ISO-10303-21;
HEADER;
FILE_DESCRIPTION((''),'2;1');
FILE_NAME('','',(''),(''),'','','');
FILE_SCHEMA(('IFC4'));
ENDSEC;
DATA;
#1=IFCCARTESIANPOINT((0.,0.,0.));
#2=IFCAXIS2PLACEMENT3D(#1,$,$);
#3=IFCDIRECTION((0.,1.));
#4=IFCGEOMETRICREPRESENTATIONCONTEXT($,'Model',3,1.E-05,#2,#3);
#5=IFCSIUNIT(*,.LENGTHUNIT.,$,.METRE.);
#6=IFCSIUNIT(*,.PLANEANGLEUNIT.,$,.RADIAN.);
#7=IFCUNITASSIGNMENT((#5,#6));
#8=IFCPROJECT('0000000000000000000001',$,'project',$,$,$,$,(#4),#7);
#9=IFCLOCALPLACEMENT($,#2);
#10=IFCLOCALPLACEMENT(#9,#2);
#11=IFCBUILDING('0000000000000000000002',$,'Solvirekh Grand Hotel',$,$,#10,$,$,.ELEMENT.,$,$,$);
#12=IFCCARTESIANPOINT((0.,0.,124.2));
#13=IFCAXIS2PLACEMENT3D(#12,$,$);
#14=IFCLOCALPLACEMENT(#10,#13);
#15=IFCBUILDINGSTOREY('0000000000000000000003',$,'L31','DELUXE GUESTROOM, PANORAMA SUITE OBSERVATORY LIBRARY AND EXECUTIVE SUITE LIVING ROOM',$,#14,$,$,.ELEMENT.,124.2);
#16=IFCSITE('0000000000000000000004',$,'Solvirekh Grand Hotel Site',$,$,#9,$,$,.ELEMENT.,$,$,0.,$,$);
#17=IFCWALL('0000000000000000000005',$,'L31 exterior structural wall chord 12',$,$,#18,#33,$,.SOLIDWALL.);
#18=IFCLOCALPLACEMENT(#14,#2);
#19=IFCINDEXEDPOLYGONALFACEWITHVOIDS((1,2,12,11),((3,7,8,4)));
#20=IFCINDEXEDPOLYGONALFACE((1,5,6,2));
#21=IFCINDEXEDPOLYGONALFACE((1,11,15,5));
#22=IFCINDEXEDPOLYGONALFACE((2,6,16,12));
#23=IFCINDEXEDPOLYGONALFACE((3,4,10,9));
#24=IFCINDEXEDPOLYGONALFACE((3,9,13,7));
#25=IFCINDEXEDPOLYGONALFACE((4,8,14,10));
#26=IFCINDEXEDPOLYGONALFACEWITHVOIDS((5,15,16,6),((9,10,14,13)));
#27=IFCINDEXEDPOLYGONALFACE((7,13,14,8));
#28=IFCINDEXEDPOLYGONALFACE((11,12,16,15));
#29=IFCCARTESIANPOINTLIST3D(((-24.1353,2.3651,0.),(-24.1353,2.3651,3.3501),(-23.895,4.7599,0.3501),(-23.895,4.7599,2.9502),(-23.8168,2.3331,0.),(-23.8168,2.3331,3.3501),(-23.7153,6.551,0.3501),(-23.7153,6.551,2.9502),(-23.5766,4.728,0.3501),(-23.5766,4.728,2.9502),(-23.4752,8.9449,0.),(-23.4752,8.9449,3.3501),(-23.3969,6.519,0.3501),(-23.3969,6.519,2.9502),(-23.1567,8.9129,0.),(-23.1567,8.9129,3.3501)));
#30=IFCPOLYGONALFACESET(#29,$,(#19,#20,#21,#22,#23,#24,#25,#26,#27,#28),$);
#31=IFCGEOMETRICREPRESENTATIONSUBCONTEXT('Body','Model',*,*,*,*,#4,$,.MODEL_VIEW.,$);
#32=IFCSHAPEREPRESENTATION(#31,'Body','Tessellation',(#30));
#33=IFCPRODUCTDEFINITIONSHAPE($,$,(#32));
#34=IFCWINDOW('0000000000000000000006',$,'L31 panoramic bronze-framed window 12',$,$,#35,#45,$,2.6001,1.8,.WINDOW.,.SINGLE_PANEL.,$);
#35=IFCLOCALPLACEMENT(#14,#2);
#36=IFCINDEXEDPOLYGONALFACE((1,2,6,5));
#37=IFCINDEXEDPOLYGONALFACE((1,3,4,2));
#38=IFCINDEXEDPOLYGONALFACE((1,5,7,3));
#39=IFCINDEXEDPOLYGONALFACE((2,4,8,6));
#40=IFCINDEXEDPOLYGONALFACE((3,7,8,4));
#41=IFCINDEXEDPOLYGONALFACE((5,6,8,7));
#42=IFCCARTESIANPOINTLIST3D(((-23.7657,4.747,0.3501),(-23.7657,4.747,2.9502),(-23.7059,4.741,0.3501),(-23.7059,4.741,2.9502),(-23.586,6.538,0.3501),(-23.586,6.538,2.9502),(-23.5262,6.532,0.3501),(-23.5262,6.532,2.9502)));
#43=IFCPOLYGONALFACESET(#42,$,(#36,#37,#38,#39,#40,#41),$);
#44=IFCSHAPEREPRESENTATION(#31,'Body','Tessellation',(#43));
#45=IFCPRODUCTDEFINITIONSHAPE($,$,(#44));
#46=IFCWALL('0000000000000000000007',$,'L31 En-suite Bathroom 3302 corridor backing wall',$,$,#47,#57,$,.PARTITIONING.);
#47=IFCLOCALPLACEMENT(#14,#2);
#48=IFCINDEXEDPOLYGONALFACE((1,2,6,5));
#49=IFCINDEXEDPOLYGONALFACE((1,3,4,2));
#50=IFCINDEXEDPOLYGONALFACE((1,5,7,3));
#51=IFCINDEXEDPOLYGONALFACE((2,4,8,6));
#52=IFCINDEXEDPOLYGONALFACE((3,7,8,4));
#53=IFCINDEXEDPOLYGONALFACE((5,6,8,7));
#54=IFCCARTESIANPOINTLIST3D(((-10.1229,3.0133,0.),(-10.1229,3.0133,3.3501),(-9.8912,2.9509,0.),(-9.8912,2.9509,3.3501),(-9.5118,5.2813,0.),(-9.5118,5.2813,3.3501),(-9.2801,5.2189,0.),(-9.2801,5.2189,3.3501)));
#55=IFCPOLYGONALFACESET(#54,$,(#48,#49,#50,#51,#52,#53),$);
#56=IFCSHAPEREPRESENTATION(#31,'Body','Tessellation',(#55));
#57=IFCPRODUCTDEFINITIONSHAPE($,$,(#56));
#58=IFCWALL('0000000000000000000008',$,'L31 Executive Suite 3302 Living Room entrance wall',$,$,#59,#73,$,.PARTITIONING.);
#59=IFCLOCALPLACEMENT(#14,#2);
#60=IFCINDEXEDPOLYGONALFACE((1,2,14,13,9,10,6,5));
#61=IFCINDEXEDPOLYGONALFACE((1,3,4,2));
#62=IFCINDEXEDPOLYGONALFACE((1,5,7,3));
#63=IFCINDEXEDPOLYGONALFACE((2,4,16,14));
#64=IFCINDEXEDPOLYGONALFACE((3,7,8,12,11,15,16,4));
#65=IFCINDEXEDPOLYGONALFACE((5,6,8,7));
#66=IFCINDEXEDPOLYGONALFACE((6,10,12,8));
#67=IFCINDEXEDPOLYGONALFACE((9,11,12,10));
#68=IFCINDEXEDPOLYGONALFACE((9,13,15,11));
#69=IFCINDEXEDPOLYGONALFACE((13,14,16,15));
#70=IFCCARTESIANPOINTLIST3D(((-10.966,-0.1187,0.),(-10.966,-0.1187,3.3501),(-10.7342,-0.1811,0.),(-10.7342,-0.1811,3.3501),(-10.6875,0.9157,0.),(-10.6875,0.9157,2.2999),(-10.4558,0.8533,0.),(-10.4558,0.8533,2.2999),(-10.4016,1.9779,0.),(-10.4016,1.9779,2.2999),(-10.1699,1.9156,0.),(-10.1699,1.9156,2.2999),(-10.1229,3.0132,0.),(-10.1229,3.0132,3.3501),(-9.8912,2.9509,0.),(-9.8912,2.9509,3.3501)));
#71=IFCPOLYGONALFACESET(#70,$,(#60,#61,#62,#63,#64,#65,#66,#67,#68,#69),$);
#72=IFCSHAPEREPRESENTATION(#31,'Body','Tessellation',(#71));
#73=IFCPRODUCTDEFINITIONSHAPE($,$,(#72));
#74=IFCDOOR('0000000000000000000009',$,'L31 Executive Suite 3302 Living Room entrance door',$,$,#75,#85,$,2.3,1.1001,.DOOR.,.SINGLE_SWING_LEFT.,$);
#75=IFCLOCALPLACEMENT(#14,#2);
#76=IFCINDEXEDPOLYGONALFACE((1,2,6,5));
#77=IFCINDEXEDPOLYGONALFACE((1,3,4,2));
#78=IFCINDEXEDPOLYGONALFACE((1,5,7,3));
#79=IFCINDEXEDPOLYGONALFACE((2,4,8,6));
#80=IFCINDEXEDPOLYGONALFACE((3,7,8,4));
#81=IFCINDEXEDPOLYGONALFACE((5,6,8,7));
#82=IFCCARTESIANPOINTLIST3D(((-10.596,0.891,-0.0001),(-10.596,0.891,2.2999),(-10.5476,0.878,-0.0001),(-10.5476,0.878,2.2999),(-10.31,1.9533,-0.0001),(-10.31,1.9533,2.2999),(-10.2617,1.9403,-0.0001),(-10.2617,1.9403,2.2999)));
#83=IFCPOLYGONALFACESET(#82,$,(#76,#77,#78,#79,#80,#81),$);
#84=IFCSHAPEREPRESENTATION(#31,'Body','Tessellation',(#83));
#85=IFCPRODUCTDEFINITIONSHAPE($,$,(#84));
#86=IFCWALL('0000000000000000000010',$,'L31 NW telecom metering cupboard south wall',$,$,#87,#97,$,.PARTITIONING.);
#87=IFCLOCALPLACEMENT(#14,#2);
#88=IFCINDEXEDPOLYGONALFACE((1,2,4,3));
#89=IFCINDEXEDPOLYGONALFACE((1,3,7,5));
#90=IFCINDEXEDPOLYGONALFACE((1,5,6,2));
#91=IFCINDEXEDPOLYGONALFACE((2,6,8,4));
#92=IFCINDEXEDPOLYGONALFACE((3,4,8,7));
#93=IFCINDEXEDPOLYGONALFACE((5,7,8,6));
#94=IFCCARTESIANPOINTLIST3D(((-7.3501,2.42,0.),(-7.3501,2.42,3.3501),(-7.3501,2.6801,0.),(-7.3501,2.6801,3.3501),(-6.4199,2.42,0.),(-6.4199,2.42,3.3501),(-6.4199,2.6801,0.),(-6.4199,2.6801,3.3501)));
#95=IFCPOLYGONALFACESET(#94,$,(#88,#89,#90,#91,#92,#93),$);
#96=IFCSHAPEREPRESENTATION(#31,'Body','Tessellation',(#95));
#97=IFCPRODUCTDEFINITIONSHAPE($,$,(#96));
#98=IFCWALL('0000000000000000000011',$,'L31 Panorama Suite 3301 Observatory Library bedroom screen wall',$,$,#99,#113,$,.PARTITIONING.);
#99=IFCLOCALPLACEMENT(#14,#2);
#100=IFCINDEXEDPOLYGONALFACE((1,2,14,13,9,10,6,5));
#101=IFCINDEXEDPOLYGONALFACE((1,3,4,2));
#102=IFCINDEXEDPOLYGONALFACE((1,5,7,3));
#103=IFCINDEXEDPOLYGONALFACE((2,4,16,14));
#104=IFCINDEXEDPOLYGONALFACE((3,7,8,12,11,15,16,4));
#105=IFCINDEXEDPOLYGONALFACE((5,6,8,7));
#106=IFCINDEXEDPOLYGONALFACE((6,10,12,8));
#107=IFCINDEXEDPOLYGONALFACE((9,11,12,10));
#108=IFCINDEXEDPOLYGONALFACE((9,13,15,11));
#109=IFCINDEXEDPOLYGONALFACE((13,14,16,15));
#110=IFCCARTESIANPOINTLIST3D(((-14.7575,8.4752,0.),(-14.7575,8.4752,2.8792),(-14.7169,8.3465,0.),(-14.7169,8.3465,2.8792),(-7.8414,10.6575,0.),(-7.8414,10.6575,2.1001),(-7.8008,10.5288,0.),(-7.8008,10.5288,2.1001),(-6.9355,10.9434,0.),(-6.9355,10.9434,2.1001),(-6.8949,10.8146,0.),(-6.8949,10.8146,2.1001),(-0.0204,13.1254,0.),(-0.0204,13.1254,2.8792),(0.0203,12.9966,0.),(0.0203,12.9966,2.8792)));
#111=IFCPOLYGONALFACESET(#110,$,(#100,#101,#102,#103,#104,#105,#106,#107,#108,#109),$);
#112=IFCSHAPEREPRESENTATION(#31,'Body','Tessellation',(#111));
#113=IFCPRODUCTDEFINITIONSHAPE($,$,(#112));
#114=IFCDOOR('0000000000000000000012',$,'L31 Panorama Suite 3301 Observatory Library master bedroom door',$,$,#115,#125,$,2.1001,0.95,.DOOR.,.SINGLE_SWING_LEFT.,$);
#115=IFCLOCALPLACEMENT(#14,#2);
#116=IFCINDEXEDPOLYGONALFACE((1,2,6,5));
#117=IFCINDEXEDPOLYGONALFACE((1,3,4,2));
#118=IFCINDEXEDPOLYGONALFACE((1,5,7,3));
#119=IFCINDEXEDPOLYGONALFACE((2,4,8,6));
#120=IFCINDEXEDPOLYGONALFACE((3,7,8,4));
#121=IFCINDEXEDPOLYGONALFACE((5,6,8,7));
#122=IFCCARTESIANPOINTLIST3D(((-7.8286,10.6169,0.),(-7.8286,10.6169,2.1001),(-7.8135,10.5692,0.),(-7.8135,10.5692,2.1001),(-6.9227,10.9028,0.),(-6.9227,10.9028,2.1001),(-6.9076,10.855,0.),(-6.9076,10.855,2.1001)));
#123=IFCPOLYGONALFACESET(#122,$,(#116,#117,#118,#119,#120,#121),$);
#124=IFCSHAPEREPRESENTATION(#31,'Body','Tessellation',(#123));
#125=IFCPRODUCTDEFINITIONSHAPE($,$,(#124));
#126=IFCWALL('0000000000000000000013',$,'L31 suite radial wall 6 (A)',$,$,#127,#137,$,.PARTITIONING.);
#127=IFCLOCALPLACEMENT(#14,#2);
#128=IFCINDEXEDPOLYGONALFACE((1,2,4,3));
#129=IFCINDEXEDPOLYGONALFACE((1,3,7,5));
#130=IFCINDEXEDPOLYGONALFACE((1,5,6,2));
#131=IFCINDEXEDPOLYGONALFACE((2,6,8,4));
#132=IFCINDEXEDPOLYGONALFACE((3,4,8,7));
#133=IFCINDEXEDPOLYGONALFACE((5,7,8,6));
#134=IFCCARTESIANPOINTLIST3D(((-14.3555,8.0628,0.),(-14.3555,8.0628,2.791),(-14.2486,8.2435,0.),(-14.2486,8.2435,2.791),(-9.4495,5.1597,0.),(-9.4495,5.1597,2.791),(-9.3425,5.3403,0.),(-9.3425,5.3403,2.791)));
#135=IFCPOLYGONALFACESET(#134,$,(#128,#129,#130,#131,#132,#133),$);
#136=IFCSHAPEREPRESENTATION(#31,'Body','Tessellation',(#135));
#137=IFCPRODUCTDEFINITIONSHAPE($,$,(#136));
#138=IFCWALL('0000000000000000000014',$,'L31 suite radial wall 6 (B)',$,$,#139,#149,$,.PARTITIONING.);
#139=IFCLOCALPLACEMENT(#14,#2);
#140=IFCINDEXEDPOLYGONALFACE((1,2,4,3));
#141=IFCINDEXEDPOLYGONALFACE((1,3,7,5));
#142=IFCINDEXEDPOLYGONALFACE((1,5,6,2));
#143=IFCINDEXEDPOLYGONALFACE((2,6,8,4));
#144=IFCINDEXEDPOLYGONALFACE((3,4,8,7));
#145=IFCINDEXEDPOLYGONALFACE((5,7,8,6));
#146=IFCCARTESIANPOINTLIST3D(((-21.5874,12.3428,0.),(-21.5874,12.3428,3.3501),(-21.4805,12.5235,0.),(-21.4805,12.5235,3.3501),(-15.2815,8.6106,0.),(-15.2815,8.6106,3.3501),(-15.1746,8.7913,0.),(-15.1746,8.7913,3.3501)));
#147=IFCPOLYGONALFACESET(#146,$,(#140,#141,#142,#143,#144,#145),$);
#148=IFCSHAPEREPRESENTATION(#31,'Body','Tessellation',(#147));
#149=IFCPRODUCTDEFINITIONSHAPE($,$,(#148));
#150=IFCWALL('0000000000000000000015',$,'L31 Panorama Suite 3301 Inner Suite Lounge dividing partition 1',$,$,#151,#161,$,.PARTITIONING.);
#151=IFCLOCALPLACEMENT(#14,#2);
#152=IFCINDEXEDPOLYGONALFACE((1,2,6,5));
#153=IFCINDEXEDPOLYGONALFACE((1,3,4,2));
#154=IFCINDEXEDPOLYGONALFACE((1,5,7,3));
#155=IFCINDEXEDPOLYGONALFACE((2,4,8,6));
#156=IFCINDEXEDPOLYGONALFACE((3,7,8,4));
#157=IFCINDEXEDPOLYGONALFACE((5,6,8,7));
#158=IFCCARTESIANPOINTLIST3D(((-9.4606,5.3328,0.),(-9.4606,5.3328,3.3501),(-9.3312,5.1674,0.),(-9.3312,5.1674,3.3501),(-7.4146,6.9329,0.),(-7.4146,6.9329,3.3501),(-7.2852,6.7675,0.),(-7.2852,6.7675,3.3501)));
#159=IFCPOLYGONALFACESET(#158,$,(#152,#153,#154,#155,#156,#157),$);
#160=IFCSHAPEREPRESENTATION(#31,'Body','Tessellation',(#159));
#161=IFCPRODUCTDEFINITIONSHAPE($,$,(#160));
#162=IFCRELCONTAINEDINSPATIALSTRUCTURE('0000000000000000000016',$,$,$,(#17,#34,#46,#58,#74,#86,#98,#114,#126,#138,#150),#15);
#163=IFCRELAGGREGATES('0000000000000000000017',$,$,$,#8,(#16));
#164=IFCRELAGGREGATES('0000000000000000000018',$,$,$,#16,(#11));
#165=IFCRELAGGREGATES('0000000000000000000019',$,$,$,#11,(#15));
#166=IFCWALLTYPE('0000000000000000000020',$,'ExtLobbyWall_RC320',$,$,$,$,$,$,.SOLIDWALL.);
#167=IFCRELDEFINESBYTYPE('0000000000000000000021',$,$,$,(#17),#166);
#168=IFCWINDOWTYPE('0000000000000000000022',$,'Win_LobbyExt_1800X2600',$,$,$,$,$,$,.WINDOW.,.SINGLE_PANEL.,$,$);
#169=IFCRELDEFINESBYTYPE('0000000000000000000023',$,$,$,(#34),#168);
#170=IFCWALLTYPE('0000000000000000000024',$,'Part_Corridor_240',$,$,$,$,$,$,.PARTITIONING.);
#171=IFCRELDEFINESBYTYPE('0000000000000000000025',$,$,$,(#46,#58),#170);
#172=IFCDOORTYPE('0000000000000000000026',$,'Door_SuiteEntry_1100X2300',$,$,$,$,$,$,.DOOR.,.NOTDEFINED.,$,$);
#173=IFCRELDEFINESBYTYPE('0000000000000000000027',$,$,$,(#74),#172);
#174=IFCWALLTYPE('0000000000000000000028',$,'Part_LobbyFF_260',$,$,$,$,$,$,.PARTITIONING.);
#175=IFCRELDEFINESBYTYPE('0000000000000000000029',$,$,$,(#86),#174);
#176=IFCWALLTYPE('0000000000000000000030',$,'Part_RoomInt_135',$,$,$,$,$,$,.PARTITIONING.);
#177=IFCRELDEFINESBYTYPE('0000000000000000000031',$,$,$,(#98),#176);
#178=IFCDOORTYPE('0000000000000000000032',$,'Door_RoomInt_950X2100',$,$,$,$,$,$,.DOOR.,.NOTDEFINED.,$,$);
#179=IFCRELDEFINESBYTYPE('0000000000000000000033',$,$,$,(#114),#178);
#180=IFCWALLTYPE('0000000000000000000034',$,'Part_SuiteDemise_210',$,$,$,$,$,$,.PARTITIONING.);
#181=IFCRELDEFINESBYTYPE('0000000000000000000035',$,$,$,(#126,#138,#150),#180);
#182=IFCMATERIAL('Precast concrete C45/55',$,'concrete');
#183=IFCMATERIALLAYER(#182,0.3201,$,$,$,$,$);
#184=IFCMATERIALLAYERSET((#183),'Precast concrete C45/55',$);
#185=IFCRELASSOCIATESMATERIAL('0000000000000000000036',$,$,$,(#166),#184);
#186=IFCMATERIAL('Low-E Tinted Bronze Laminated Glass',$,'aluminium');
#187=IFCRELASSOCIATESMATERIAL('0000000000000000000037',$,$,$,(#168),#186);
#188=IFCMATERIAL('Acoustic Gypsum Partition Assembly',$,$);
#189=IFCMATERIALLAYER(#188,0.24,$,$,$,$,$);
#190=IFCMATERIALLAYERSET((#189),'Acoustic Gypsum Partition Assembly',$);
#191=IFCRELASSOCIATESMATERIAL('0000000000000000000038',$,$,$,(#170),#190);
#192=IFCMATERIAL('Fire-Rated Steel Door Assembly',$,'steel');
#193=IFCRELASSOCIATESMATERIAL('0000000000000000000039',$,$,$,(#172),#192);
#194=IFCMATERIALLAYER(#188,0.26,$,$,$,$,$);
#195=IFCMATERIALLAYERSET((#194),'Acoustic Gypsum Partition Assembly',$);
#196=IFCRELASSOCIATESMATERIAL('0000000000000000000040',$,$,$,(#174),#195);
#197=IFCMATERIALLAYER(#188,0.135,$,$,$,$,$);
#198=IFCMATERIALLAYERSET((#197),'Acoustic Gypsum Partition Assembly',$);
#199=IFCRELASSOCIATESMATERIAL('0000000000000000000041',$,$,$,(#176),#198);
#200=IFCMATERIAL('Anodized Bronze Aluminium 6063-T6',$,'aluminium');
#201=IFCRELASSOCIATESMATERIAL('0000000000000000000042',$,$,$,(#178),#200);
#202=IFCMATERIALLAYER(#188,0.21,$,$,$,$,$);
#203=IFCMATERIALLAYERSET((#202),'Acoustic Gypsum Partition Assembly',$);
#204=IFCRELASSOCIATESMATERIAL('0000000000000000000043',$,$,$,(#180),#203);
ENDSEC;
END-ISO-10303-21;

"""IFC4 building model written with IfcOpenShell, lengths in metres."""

from ifc_helpers import new_model, si_unit, direction, frame, frame_2d, origin, place, context, subcontext, project, spatial, rectangle, extrude, material, layer, layer_set, type_object, element, fill, save


model = new_model("IFC4")

# Units and contexts
model_context = context("Model", 3, precision=1e-05, world=origin(), true_north=direction((0.0, 1.0)))
body_context = subcontext(model_context, "Body", "Model", "MODEL_VIEW")
ifc_project = project(units=[si_unit("LENGTHUNIT", "METRE"), si_unit("PLANEANGLEUNIT", "RADIAN")], contexts=[model_context])

# Site, building, storey
site_placement = place(None, origin())
site = spatial("IfcSite", under=ifc_project, at=site_placement, Name="Solvirekh Grand Hotel Site", CompositionType="ELEMENT", RefElevation=0.0)
building_placement = place(site_placement, origin())
building = spatial("IfcBuilding", under=site, at=building_placement, Name="Solvirekh Grand Hotel", CompositionType="ELEMENT")
storey_placement = place(building_placement, frame((0.0, 0.0, 124.2)))
storey = spatial("IfcBuildingStorey", under=building, at=storey_placement, Name="L31", Description="DELUXE GUESTROOM, PANORAMA SUITE OBSERVATORY LIBRARY AND EXECUTIVE SUITE LIVING ROOM", CompositionType="ELEMENT", Elevation=124.2)

# Shared definitions
ifc_material_1 = material(Name="Anodized Bronze Aluminium 6063-T6", Category="aluminium")

# Wall, opening, window
ifc_material_2 = material(Name="Precast concrete C45/55", Category="concrete")
ifc_layer_1 = layer(ifc_material_2, 0.3201)
ifc_layer_set_1 = layer_set([ifc_layer_1], Name="Precast concrete C45/55")
wall_type_1 = type_object("IfcWallType", Name="ExtLobbyWall_RC320", PredefinedType="SOLIDWALL", material=ifc_layer_set_1)
wall_1_placement = place(storey_placement, frame((-23.9761, 2.3491, 0.0), z_axis=(0.0, 0.0, 1.0), x_axis=(0.099829, 0.995005, 0.0)))
wall_1 = element("IfcWall", 1, at=wall_1_placement, inside=storey, type_object=wall_type_1, Name="L31 exterior structural wall chord 12", PredefinedType="SOLIDWALL", context=body_context, shape_type="SweptSolid", body=[
    extrude(rectangle(XDim=6.6128, YDim=0.3201, at=frame_2d((3.3064, 0.0))), origin(), (0.0, 0.0, 1.0), 3.3501),
])
opening_1_placement = place(wall_1_placement, frame((2.407, 0.0, 0.3501)))
opening_1 = element("IfcOpeningElement", 2, at=opening_1_placement, cuts=wall_1, PredefinedType="OPENING", context=body_context, shape_type="SweptSolid", body=[
    extrude(rectangle(XDim=1.8, YDim=2.6001, at=frame_2d((0.8999, 1.3))), frame((0.0, 0.1699, 0.0), z_axis=(0.0, -1.0, 0.0), x_axis=(1.0, 0.0, 0.0)), (0.0, 0.0, 1.0), 0.3401),
])
ifc_material_3 = material(Name="Low-E Tinted Bronze Laminated Glass", Category="aluminium")
window_type = type_object("IfcWindowType", Name="Win_LobbyExt_1800X2600", PartitioningType="SINGLE_PANEL", PredefinedType="WINDOW", material=ifc_material_3)
window_placement = place(opening_1_placement, origin())
window = element("IfcWindow", 3, at=window_placement, inside=storey, type_object=window_type, Name="L31 panoramic bronze-framed window 12", OverallHeight=2.6001, OverallWidth=1.8, PartitioningType="SINGLE_PANEL", PredefinedType="WINDOW", context=body_context, shape_type="SweptSolid", body=[
    extrude(rectangle(XDim=1.8, YDim=2.6001, at=frame_2d((0.8999, 1.3))), frame((0.0, 0.03, 0.0), z_axis=(0.0, -1.0, 0.0), x_axis=(1.0, 0.0, 0.0)), (0.0, 0.0, 1.0), 0.0601),
])
fill(opening_1, window)

# Wall
ifc_material_4 = material(Name="Acoustic Gypsum Partition Assembly")
ifc_layer_2 = layer(ifc_material_4, 0.24)
ifc_layer_set_2 = layer_set([ifc_layer_2], Name="Acoustic Gypsum Partition Assembly")
wall_type_2 = type_object("IfcWallType", Name="Part_Corridor_240", PredefinedType="PARTITIONING", material=ifc_layer_set_2)
wall_2_placement = place(storey_placement, frame((-9.396, 5.25, 0.0), z_axis=(0.0, 0.0, 1.0), x_axis=(-0.260152, -0.965568, 0.0)))
element("IfcWall", 4, at=wall_2_placement, inside=storey, type_object=wall_type_2, Name="L31 En-suite Bathroom 3302 corridor backing wall", PredefinedType="PARTITIONING", context=body_context, shape_type="SweptSolid", body=[
    extrude(rectangle(XDim=2.3489, YDim=0.24, at=frame_2d((1.1743, 0.0))), origin(), (0.0, 0.0, 1.0), 3.3501),
])

# Wall, opening, door
wall_3_placement = place(storey_placement, frame((-10.0071, 2.9819, 0.0), z_axis=(0.0, 0.0, 1.0), x_axis=(-0.259925, -0.965629, 0.0)))
wall_3 = element("IfcWall", 5, at=wall_3_placement, inside=storey, type_object=wall_type_2, Name="L31 Executive Suite 3302 Living Room entrance wall", PredefinedType="PARTITIONING", context=body_context, shape_type="SweptSolid", body=[
    extrude(rectangle(XDim=3.2434, YDim=0.24, at=frame_2d((1.6216, 0.0))), origin(), (0.0, 0.0, 1.0), 3.3501),
])
opening_2_placement = place(wall_3_placement, frame((1.072, 0.0, 0.0)))
opening_2 = element("IfcOpeningElement", 6, at=opening_2_placement, cuts=wall_3, PredefinedType="OPENING", context=body_context, shape_type="SweptSolid", body=[
    extrude(rectangle(XDim=1.1001, YDim=2.3, at=frame_2d((0.55, 1.1499))), frame((0.0, 0.1299, 0.0), z_axis=(0.0, -1.0, 0.0), x_axis=(1.0, 0.0, 0.0)), (0.0, 0.0, 1.0), 0.26),
])
ifc_material_5 = material(Name="Fire-Rated Steel Door Assembly", Category="steel")
door_type_1 = type_object("IfcDoorType", Name="Door_SuiteEntry_1100X2300", OperationType="NOTDEFINED", PredefinedType="DOOR", material=ifc_material_5)
door_1_placement = place(opening_2_placement, origin())
door_1 = element("IfcDoor", 7, at=door_1_placement, inside=storey, type_object=door_type_1, Name="L31 Executive Suite 3302 Living Room entrance door", OperationType="SINGLE_SWING_LEFT", OverallHeight=2.3, OverallWidth=1.1001, PredefinedType="DOOR", context=body_context, shape_type="SweptSolid", body=[
    extrude(rectangle(XDim=1.1001, YDim=2.3, at=frame_2d((0.55, 1.1499))), frame((0.0, 0.0249, 0.0), z_axis=(0.0, -1.0, 0.0), x_axis=(1.0, 0.0, 0.0)), (0.0, 0.0, 1.0), 0.05),
])
fill(opening_2, door_1)

# Wall
ifc_layer_3 = layer(ifc_material_4, 0.26)
ifc_layer_set_3 = layer_set([ifc_layer_3], Name="Acoustic Gypsum Partition Assembly")
wall_type_3 = type_object("IfcWallType", Name="Part_LobbyFF_260", PredefinedType="PARTITIONING", material=ifc_layer_set_3)
wall_4_placement = place(storey_placement, frame((-7.3501, 2.55, 0.0), z_axis=(0.0, 0.0, 1.0), x_axis=(1.0, 0.0, 0.0)))
element("IfcWall", 8, at=wall_4_placement, inside=storey, type_object=wall_type_3, Name="L31 NW telecom metering cupboard south wall", PredefinedType="PARTITIONING", context=body_context, shape_type="SweptSolid", body=[
    extrude(rectangle(XDim=0.9302, YDim=0.26, at=frame_2d((0.4651, 0.0))), origin(), (0.0, 0.0, 1.0), 3.3501),
])

# Wall, opening, door
ifc_layer_4 = layer(ifc_material_4, 0.135)
ifc_layer_set_4 = layer_set([ifc_layer_4], Name="Acoustic Gypsum Partition Assembly")
wall_type_4 = type_object("IfcWallType", Name="Part_RoomInt_135", PredefinedType="PARTITIONING", material=ifc_layer_set_4)
wall_5_placement = place(storey_placement, frame((-14.7371, 8.4109, 0.0), z_axis=(0.0, 0.0, 1.0), x_axis=(0.953651, 0.300916, 0.0)))
wall_5 = element("IfcWall", 9, at=wall_5_placement, inside=storey, type_object=wall_type_4, Name="L31 Panorama Suite 3301 Observatory Library bedroom screen wall", PredefinedType="PARTITIONING", context=body_context, shape_type="SweptSolid", body=[
    extrude(rectangle(XDim=15.4534, YDim=0.135, at=frame_2d((7.7266, 0.0))), origin(), (0.0, 0.0, 1.0), 2.8792),
])
opening_3_placement = place(wall_5_placement, frame((7.252, 0.0, 0.0)))
opening_3 = element("IfcOpeningElement", 10, at=opening_3_placement, cuts=wall_5, PredefinedType="OPENING", context=body_context, shape_type="SweptSolid", body=[
    extrude(rectangle(XDim=0.95, YDim=2.1001, at=frame_2d((0.4751, 1.05))), frame((0.0, 0.0776, 0.0), z_axis=(0.0, -1.0, 0.0), x_axis=(1.0, 0.0, 0.0)), (0.0, 0.0, 1.0), 0.155),
])
door_type_2 = type_object("IfcDoorType", Name="Door_RoomInt_950X2100", OperationType="NOTDEFINED", PredefinedType="DOOR", material=ifc_material_1)
door_2_placement = place(opening_3_placement, origin())
door_2 = element("IfcDoor", 11, at=door_2_placement, inside=storey, type_object=door_type_2, Name="L31 Panorama Suite 3301 Observatory Library master bedroom door", OperationType="SINGLE_SWING_LEFT", OverallHeight=2.1001, OverallWidth=0.95, PredefinedType="DOOR", context=body_context, shape_type="SweptSolid", body=[
    extrude(rectangle(XDim=0.95, YDim=2.1001, at=frame_2d((0.4751, 1.05))), frame((0.0, 0.0249, 0.0), z_axis=(0.0, -1.0, 0.0), x_axis=(1.0, 0.0, 0.0)), (0.0, 0.0, 1.0), 0.05),
])
fill(opening_3, door_2)

# Walls
ifc_layer_5 = layer(ifc_material_4, 0.21)
ifc_layer_set_5 = layer_set([ifc_layer_5], Name="Acoustic Gypsum Partition Assembly")
wall_type_5 = type_object("IfcWallType", Name="Part_SuiteDemise_210", PredefinedType="PARTITIONING", material=ifc_layer_set_5)
wall_6_placement = place(storey_placement, frame((-9.396, 5.25, 0.0), z_axis=(0.0, 0.0, 1.0), x_axis=(-0.860613, 0.509259, 0.0)))
element("IfcWall", 12, at=wall_6_placement, inside=storey, type_object=wall_type_5, Name="L31 suite radial wall 6 (A)", PredefinedType="PARTITIONING", context=body_context, shape_type="SweptSolid", body=[
    extrude(rectangle(XDim=5.7007, YDim=0.21, at=frame_2d((2.8503, 0.0))), origin(), (0.0, 0.0, 1.0), 2.791),
])
wall_7_placement = place(storey_placement, frame((-15.228, 8.7009, 0.0), z_axis=(0.0, 0.0, 1.0), x_axis=(-0.86057, 0.509332, 0.0)))
element("IfcWall", 13, at=wall_7_placement, inside=storey, type_object=wall_type_5, Name="L31 suite radial wall 6 (B)", PredefinedType="PARTITIONING", context=body_context, shape_type="SweptSolid", body=[
    extrude(rectangle(XDim=7.3276, YDim=0.21, at=frame_2d((3.6638, 0.0))), origin(), (0.0, 0.0, 1.0), 3.3501),
])
wall_8_placement = place(storey_placement, frame((-9.396, 5.25, 0.0), z_axis=(0.0, 0.0, 1.0), x_axis=(0.787699, 0.61606, 0.0)))
element("IfcWall", 14, at=wall_8_placement, inside=storey, type_object=wall_type_5, Name="L31 Panorama Suite 3301 Inner Suite Lounge dividing partition 1", PredefinedType="PARTITIONING", context=body_context, shape_type="SweptSolid", body=[
    extrude(rectangle(XDim=2.5974, YDim=0.21, at=frame_2d((1.2988, 0.0))), origin(), (0.0, 0.0, 1.0), 3.3501),
])

save(model, "model.ifc")
